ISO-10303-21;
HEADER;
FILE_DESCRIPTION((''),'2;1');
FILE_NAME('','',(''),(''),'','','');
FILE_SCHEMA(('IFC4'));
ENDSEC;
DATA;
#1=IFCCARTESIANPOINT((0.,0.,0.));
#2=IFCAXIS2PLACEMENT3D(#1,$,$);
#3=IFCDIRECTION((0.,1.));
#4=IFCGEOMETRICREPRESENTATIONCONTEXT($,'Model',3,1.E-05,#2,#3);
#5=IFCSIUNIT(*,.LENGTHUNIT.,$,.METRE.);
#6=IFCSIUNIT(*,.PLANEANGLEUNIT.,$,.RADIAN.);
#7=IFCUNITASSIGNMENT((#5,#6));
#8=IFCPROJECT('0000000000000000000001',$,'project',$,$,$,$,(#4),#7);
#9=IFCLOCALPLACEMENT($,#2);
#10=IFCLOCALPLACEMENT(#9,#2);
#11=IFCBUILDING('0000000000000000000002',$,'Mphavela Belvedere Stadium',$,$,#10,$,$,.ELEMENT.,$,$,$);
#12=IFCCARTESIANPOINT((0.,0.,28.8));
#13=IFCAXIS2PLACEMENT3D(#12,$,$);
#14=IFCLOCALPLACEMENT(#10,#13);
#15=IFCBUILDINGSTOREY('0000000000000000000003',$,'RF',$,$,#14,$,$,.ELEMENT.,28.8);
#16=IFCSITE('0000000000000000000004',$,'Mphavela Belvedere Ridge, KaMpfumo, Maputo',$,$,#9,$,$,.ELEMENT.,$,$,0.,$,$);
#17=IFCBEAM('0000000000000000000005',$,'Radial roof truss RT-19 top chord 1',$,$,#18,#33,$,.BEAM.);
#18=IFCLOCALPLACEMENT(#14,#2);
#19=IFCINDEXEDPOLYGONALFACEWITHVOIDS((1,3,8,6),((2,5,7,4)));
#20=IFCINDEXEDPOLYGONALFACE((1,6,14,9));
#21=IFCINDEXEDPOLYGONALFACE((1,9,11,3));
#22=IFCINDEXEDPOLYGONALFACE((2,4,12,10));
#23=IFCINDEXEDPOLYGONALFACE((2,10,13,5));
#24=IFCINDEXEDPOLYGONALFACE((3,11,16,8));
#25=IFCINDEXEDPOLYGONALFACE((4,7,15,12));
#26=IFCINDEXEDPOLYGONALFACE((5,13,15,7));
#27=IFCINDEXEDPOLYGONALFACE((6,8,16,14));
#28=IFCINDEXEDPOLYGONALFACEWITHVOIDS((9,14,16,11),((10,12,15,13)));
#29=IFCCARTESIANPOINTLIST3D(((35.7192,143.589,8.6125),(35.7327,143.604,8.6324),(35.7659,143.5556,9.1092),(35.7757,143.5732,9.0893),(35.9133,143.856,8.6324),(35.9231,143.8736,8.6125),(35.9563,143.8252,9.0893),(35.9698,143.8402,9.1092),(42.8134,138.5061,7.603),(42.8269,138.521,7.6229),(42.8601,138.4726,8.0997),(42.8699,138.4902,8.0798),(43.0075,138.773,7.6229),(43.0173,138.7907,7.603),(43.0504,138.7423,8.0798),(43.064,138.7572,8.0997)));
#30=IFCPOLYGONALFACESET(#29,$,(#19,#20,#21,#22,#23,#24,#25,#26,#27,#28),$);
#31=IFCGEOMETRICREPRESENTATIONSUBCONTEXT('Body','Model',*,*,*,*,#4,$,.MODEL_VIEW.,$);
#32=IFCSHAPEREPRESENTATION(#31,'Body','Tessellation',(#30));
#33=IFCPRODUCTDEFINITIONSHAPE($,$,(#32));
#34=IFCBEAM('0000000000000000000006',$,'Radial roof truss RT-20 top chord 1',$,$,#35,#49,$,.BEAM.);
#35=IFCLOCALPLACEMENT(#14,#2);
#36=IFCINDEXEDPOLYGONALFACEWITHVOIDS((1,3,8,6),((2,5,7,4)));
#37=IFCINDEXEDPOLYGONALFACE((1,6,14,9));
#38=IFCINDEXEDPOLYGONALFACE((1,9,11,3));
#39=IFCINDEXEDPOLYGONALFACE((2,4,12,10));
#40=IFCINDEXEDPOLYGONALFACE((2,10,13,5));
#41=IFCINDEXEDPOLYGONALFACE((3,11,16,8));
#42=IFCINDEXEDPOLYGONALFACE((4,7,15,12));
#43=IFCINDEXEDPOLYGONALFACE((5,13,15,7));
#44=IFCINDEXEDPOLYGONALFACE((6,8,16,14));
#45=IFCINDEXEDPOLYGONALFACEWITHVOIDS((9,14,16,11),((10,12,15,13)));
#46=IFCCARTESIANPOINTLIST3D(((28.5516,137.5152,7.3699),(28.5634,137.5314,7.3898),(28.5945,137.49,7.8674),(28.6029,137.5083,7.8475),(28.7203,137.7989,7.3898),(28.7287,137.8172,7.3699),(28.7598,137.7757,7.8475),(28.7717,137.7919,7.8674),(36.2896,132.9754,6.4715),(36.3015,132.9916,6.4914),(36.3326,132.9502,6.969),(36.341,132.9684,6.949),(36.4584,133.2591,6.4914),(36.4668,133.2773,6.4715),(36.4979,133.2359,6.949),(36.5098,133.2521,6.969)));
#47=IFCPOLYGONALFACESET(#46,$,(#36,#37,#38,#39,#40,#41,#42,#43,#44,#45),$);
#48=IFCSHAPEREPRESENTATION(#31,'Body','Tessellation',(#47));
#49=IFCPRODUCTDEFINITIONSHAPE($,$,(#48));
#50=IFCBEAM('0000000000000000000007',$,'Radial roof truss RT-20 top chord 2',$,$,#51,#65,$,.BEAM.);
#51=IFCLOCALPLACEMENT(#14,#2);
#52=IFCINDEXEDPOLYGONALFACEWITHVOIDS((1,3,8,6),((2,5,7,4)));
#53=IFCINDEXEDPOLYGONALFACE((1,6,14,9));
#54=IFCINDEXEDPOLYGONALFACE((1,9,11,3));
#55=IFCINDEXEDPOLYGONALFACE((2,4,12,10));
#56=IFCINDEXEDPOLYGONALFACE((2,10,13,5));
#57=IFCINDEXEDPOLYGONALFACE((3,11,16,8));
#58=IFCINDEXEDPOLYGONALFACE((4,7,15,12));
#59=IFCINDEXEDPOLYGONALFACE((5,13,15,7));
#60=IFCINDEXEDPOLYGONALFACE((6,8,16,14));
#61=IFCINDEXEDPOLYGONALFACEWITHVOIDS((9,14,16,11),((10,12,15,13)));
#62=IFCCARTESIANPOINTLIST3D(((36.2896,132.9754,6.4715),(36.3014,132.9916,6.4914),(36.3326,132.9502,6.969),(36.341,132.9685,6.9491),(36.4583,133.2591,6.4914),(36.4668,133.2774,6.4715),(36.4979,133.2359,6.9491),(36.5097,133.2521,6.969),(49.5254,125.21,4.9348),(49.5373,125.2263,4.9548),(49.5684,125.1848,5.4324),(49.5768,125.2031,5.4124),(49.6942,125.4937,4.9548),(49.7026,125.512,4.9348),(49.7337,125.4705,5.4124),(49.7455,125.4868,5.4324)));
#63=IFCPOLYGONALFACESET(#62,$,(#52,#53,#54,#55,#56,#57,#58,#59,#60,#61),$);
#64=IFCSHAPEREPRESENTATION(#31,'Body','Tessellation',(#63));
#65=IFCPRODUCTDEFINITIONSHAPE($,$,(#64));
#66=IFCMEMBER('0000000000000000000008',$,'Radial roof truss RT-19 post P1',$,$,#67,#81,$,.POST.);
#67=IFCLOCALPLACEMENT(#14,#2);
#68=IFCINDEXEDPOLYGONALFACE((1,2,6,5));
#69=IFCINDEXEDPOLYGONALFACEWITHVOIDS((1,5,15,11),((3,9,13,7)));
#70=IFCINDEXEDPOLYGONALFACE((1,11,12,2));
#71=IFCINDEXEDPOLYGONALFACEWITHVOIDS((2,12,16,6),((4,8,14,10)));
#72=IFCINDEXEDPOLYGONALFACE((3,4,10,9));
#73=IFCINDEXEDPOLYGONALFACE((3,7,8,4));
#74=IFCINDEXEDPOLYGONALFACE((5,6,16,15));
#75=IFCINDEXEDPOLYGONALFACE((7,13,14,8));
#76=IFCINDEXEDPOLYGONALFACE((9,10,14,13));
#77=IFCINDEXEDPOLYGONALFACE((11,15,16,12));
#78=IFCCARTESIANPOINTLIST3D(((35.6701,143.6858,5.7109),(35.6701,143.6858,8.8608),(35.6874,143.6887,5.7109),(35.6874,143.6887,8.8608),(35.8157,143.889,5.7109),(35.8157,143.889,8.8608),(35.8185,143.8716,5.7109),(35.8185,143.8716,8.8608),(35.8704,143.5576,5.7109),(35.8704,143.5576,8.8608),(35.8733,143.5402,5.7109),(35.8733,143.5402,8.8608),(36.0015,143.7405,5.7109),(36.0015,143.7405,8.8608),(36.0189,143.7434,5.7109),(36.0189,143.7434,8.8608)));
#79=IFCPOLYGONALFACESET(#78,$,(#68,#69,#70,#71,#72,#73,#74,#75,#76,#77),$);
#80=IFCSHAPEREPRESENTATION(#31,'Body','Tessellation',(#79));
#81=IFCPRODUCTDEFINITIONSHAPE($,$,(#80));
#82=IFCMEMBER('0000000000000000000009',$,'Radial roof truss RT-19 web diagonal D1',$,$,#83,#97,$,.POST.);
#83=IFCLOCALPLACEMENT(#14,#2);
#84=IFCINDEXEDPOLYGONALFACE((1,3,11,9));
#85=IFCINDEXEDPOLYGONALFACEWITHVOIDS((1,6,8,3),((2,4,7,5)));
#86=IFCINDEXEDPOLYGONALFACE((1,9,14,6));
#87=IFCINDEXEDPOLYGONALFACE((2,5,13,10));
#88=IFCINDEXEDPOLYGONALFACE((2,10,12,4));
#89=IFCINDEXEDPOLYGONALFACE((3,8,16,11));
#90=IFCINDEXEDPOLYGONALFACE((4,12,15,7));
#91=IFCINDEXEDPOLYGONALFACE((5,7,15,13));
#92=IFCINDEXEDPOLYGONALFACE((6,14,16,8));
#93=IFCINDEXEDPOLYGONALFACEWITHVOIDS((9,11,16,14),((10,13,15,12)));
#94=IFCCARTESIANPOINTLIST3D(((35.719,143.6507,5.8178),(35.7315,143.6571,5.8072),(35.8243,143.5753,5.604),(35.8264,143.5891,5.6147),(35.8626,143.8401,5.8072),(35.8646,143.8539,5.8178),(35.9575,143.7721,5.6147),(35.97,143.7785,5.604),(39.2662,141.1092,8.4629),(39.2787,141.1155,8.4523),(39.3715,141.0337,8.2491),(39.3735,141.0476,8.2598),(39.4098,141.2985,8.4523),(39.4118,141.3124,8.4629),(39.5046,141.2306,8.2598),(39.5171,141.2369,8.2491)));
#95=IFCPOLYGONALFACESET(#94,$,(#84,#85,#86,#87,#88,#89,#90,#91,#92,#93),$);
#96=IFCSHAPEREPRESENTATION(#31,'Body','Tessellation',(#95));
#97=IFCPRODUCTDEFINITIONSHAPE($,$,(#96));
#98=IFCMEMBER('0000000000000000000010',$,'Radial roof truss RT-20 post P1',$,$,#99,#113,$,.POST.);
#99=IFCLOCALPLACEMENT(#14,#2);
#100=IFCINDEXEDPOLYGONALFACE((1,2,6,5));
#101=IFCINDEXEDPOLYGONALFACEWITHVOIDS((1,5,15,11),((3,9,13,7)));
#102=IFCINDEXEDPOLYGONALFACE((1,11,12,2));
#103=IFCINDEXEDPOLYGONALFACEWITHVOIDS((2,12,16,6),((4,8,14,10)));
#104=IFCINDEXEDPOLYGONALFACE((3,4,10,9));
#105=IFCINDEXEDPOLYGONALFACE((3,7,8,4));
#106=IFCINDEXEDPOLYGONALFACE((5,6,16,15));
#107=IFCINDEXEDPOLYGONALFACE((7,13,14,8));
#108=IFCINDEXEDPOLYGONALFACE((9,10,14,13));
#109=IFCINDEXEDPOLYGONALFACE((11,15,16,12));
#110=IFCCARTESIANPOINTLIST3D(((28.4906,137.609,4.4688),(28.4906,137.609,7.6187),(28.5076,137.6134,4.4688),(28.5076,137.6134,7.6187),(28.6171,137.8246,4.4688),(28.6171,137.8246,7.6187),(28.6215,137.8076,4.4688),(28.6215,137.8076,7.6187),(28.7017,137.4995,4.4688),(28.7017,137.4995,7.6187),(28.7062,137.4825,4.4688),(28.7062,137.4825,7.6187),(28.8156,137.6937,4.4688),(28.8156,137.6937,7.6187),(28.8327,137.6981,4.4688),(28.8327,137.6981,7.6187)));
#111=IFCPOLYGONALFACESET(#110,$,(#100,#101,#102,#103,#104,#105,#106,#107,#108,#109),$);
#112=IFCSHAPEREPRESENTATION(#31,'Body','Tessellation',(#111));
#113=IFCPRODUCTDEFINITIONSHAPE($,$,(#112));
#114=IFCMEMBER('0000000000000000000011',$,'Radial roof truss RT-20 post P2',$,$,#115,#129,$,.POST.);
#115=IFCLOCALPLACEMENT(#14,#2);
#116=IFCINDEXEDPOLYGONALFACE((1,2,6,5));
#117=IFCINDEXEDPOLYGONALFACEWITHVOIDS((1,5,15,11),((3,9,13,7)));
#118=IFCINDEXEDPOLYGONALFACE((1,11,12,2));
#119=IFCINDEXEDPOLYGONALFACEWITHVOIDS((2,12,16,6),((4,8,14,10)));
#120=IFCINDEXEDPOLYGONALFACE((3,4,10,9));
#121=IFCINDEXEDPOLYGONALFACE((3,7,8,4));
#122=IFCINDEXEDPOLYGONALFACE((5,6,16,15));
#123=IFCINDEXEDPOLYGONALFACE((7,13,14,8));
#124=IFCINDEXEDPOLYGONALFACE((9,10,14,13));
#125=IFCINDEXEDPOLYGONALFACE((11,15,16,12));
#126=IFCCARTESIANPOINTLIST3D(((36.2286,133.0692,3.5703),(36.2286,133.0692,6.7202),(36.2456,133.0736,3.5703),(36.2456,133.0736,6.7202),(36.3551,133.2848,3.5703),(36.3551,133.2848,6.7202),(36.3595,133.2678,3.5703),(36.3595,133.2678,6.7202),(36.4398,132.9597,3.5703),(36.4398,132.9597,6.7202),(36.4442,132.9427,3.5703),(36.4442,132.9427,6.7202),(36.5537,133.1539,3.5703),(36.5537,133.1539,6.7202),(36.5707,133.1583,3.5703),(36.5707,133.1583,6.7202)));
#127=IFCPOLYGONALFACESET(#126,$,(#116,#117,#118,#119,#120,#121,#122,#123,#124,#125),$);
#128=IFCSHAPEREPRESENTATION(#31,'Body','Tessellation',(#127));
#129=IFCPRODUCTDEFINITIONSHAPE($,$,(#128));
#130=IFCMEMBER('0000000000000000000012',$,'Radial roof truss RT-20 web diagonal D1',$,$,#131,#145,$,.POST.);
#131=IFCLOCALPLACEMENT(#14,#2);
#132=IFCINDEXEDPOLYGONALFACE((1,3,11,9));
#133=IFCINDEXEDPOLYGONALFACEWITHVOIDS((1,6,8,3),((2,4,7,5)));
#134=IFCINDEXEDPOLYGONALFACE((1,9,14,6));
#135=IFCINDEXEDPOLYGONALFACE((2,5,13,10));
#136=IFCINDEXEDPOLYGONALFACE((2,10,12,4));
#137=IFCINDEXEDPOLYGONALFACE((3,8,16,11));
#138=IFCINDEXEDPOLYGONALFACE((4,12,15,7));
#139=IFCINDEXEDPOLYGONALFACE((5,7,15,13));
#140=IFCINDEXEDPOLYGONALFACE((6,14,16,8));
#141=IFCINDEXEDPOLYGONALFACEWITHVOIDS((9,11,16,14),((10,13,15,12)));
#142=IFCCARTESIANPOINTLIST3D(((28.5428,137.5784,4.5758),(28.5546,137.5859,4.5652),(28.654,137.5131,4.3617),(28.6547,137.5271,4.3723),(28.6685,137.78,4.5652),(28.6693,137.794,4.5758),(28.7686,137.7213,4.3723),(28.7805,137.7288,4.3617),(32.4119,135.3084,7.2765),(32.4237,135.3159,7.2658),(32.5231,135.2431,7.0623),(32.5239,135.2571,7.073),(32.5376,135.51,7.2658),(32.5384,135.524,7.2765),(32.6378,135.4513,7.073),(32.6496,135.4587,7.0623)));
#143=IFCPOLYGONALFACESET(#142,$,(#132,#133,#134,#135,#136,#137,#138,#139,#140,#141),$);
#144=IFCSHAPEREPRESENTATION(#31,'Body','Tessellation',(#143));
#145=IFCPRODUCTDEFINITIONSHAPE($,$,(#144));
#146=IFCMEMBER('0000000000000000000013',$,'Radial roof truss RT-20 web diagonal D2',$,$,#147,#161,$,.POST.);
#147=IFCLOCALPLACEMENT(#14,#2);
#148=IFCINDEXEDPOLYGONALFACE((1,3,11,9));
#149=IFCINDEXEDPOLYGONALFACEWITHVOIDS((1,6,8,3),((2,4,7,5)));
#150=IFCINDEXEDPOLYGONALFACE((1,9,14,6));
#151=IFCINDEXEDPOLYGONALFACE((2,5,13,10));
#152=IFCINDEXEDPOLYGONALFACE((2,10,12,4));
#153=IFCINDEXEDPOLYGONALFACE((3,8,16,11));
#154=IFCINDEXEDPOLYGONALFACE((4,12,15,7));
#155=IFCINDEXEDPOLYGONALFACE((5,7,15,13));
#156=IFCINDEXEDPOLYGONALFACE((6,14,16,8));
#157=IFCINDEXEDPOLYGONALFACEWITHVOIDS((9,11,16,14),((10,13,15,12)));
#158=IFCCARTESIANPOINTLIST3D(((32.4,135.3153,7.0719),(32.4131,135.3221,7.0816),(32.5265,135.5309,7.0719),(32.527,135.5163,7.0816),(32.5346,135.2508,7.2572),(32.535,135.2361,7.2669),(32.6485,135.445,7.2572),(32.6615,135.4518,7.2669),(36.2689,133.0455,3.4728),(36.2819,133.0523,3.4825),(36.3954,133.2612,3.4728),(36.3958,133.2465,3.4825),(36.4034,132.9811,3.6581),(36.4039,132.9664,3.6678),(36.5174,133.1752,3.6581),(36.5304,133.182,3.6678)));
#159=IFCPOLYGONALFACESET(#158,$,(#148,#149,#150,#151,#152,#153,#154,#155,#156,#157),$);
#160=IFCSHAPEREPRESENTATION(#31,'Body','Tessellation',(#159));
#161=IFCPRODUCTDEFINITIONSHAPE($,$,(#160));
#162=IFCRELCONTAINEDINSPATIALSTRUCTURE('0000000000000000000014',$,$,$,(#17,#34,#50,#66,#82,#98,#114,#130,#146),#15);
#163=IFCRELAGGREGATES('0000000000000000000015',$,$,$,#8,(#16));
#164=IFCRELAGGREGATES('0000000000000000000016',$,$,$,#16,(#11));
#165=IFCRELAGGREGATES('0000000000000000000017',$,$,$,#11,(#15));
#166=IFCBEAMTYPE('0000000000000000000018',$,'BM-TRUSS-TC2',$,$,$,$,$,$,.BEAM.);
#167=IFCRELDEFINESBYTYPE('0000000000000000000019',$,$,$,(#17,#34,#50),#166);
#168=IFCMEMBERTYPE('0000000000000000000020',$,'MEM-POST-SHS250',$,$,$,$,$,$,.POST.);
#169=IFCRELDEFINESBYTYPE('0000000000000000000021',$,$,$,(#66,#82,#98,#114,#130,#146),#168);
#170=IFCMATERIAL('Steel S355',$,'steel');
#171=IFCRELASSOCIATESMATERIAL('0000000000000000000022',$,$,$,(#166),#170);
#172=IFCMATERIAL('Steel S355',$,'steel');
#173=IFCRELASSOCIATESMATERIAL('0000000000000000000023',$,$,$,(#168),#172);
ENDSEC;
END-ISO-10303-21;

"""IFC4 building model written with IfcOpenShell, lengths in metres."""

from ifc_helpers import new_model, si_unit, direction, frame, origin, origin_2d, place, context, subcontext, project, spatial, hollow_rectangle, extrude, material, material_profile, profile_set, type_object, element, save


model = new_model("IFC4")

# Units and contexts
model_context = context("Model", 3, precision=1e-05, world=origin(), true_north=direction((0.0, 1.0)))
body_context = subcontext(model_context, "Body", "Model", "MODEL_VIEW")
ifc_project = project(units=[si_unit("LENGTHUNIT", "METRE"), si_unit("PLANEANGLEUNIT", "RADIAN")], contexts=[model_context])

# Site, building, storey
site_placement = place(None, origin())
site = spatial("IfcSite", under=ifc_project, at=site_placement, Name="Mphavela Belvedere Ridge, KaMpfumo, Maputo", CompositionType="ELEMENT", RefElevation=0.0)
building_placement = place(site_placement, origin())
building = spatial("IfcBuilding", under=site, at=building_placement, Name="Mphavela Belvedere Stadium", CompositionType="ELEMENT")
storey_placement = place(building_placement, frame((0.0, 0.0, 28.8)))
storey = spatial("IfcBuildingStorey", under=building, at=storey_placement, Name="RF", CompositionType="ELEMENT", Elevation=28.8)

# Beams
ifc_material_1 = material(Name="Steel S355", Category="steel")
ifc_material_profile_1 = material_profile(ifc_material_1, hollow_rectangle(XDim=0.3501, YDim=0.5, WallThickness=0.02, at=origin_2d()), Name="RHS 500x350x20")
ifc_profile_set_1 = profile_set([ifc_material_profile_1], Name="Steel S355")
beam_type_1 = type_object("IfcBeamType", Name="BM-TRUSS-TC2", PredefinedType="BEAM", material=ifc_profile_set_1)
beam_1_placement = place(storey_placement, frame((35.8445, 143.7146, 8.8608), z_axis=(0.807498, -0.57857, -0.114908), x_axis=(0.582428, 0.812882, 0.0)))
element("IfcBeam", 1, at=beam_1_placement, inside=storey, type_object=beam_type_1, Name="Radial roof truss RT-19 top chord 1", PredefinedType="BEAM", context=body_context, shape_type="SweptSolid", body=[
    extrude(hollow_rectangle(XDim=0.3501, YDim=0.5, WallThickness=0.02, at=origin_2d()), origin(), (0.0, 0.0, 1.0), 8.7854),
])
beam_2_placement = place(storey_placement, frame((28.6616, 137.6536, 7.6187), z_axis=(0.858225, -0.503508, -0.099646), x_axis=(0.506027, 0.862518, 0.0)))
element("IfcBeam", 2, at=beam_2_placement, inside=storey, type_object=beam_type_1, Name="Radial roof truss RT-20 top chord 1", PredefinedType="BEAM", context=body_context, shape_type="SweptSolid", body=[
    extrude(hollow_rectangle(XDim=0.3501, YDim=0.5, WallThickness=0.02, at=origin_2d()), origin(), (0.0, 0.0, 1.0), 9.0164),
])
beam_3_placement = place(storey_placement, frame((36.3997, 133.1138, 6.7202), z_axis=(0.858223, -0.503514, -0.099636), x_axis=(0.506032, 0.862515, 0.0)))
element("IfcBeam", 3, at=beam_3_placement, inside=storey, type_object=beam_type_1, Name="Radial roof truss RT-20 top chord 2", PredefinedType="BEAM", context=body_context, shape_type="SweptSolid", body=[
    extrude(hollow_rectangle(XDim=0.3501, YDim=0.5, WallThickness=0.02, at=origin_2d()), origin(), (0.0, 0.0, 1.0), 15.4224),
])

# Members
ifc_material_2 = material(Name="Steel S355", Category="steel")
ifc_material_profile_2 = material_profile(ifc_material_2, hollow_rectangle(XDim=0.25, YDim=0.25, WallThickness=0.0125, at=origin_2d()), Name="SHS 250x250x12.5")
ifc_profile_set_2 = profile_set([ifc_material_profile_2], Name="Steel S355")
member_type_1 = type_object("IfcMemberType", Name="MEM-POST-SHS250", PredefinedType="POST", material=ifc_profile_set_2)
member_1_placement = place(storey_placement, frame((35.8445, 143.7146, 5.7109), z_axis=(0.0, 0.0, 1.0), x_axis=(-0.812898, 0.582407, 0.0)))
element("IfcMember", 4, at=member_1_placement, inside=storey, type_object=member_type_1, Name="Radial roof truss RT-19 post P1", PredefinedType="POST", context=body_context, shape_type="SweptSolid", body=[
    extrude(hollow_rectangle(XDim=0.25, YDim=0.25, WallThickness=0.0125, at=origin_2d()), origin(), (0.0, 0.0, 1.0), 3.1499),
])
member_2_placement = place(storey_placement, frame((35.8445, 143.7146, 5.7109), z_axis=(0.695147, -0.498072, 0.518358), x_axis=(0.582428, 0.812882, 0.0)))
element("IfcMember", 5, at=member_2_placement, inside=storey, type_object=member_type_1, Name="Radial roof truss RT-19 web diagonal D1", PredefinedType="POST", context=body_context, shape_type="SweptSolid", body=[
    extrude(hollow_rectangle(XDim=0.25, YDim=0.25, WallThickness=0.0125, at=origin_2d()), origin(), (0.0, 0.0, 1.0), 5.1028),
])
for number, where, z_axis, x_axis, name in (
    (6, (28.6616, 137.6536, 4.4688), (0.0, 0.0, 1.0), (-0.862514, 0.506034, 0.0), "Radial roof truss RT-20 post P1"),
    (7, (36.3997, 133.1138, 3.5703), (0.0, 0.0, 1.0), (-0.862514, 0.506034, 0.0), "Radial roof truss RT-20 post P2"),
):
    element("IfcMember", number, at=place(storey_placement, frame(where, z_axis=z_axis, x_axis=x_axis)), inside=storey, type_object=member_type_1, Name=name, PredefinedType="POST", context=body_context, shape_type="SweptSolid", body=[
        extrude(hollow_rectangle(XDim=0.25, YDim=0.25, WallThickness=0.0125, at=origin_2d()), origin(), (0.0, 0.0, 1.0), 3.1499),
    ])
member_3_placement = place(storey_placement, frame((28.6616, 137.6536, 4.4688), z_axis=(0.738933, -0.433531, 0.51578), x_axis=(0.506035, 0.862513, 0.0)))
element("IfcMember", 8, at=member_3_placement, inside=storey, type_object=member_type_1, Name="Radial roof truss RT-20 web diagonal D1", PredefinedType="POST", context=body_context, shape_type="SweptSolid", body=[
    extrude(hollow_rectangle(XDim=0.25, YDim=0.25, WallThickness=0.0125, at=origin_2d()), origin(), (0.0, 0.0, 1.0), 5.2361),
])
member_4_placement = place(storey_placement, frame((32.5308, 135.3835, 7.1694), z_axis=(0.672735, -0.394675, -0.625826), x_axis=(0.506018, 0.862523, 0.0)))
element("IfcMember", 9, at=member_4_placement, inside=storey, type_object=member_type_1, Name="Radial roof truss RT-20 web diagonal D2", PredefinedType="POST", context=body_context, shape_type="SweptSolid", body=[
    extrude(hollow_rectangle(XDim=0.25, YDim=0.25, WallThickness=0.0125, at=origin_2d()), origin(), (0.0, 0.0, 1.0), 5.751),
])

save(model, "model.ifc")
